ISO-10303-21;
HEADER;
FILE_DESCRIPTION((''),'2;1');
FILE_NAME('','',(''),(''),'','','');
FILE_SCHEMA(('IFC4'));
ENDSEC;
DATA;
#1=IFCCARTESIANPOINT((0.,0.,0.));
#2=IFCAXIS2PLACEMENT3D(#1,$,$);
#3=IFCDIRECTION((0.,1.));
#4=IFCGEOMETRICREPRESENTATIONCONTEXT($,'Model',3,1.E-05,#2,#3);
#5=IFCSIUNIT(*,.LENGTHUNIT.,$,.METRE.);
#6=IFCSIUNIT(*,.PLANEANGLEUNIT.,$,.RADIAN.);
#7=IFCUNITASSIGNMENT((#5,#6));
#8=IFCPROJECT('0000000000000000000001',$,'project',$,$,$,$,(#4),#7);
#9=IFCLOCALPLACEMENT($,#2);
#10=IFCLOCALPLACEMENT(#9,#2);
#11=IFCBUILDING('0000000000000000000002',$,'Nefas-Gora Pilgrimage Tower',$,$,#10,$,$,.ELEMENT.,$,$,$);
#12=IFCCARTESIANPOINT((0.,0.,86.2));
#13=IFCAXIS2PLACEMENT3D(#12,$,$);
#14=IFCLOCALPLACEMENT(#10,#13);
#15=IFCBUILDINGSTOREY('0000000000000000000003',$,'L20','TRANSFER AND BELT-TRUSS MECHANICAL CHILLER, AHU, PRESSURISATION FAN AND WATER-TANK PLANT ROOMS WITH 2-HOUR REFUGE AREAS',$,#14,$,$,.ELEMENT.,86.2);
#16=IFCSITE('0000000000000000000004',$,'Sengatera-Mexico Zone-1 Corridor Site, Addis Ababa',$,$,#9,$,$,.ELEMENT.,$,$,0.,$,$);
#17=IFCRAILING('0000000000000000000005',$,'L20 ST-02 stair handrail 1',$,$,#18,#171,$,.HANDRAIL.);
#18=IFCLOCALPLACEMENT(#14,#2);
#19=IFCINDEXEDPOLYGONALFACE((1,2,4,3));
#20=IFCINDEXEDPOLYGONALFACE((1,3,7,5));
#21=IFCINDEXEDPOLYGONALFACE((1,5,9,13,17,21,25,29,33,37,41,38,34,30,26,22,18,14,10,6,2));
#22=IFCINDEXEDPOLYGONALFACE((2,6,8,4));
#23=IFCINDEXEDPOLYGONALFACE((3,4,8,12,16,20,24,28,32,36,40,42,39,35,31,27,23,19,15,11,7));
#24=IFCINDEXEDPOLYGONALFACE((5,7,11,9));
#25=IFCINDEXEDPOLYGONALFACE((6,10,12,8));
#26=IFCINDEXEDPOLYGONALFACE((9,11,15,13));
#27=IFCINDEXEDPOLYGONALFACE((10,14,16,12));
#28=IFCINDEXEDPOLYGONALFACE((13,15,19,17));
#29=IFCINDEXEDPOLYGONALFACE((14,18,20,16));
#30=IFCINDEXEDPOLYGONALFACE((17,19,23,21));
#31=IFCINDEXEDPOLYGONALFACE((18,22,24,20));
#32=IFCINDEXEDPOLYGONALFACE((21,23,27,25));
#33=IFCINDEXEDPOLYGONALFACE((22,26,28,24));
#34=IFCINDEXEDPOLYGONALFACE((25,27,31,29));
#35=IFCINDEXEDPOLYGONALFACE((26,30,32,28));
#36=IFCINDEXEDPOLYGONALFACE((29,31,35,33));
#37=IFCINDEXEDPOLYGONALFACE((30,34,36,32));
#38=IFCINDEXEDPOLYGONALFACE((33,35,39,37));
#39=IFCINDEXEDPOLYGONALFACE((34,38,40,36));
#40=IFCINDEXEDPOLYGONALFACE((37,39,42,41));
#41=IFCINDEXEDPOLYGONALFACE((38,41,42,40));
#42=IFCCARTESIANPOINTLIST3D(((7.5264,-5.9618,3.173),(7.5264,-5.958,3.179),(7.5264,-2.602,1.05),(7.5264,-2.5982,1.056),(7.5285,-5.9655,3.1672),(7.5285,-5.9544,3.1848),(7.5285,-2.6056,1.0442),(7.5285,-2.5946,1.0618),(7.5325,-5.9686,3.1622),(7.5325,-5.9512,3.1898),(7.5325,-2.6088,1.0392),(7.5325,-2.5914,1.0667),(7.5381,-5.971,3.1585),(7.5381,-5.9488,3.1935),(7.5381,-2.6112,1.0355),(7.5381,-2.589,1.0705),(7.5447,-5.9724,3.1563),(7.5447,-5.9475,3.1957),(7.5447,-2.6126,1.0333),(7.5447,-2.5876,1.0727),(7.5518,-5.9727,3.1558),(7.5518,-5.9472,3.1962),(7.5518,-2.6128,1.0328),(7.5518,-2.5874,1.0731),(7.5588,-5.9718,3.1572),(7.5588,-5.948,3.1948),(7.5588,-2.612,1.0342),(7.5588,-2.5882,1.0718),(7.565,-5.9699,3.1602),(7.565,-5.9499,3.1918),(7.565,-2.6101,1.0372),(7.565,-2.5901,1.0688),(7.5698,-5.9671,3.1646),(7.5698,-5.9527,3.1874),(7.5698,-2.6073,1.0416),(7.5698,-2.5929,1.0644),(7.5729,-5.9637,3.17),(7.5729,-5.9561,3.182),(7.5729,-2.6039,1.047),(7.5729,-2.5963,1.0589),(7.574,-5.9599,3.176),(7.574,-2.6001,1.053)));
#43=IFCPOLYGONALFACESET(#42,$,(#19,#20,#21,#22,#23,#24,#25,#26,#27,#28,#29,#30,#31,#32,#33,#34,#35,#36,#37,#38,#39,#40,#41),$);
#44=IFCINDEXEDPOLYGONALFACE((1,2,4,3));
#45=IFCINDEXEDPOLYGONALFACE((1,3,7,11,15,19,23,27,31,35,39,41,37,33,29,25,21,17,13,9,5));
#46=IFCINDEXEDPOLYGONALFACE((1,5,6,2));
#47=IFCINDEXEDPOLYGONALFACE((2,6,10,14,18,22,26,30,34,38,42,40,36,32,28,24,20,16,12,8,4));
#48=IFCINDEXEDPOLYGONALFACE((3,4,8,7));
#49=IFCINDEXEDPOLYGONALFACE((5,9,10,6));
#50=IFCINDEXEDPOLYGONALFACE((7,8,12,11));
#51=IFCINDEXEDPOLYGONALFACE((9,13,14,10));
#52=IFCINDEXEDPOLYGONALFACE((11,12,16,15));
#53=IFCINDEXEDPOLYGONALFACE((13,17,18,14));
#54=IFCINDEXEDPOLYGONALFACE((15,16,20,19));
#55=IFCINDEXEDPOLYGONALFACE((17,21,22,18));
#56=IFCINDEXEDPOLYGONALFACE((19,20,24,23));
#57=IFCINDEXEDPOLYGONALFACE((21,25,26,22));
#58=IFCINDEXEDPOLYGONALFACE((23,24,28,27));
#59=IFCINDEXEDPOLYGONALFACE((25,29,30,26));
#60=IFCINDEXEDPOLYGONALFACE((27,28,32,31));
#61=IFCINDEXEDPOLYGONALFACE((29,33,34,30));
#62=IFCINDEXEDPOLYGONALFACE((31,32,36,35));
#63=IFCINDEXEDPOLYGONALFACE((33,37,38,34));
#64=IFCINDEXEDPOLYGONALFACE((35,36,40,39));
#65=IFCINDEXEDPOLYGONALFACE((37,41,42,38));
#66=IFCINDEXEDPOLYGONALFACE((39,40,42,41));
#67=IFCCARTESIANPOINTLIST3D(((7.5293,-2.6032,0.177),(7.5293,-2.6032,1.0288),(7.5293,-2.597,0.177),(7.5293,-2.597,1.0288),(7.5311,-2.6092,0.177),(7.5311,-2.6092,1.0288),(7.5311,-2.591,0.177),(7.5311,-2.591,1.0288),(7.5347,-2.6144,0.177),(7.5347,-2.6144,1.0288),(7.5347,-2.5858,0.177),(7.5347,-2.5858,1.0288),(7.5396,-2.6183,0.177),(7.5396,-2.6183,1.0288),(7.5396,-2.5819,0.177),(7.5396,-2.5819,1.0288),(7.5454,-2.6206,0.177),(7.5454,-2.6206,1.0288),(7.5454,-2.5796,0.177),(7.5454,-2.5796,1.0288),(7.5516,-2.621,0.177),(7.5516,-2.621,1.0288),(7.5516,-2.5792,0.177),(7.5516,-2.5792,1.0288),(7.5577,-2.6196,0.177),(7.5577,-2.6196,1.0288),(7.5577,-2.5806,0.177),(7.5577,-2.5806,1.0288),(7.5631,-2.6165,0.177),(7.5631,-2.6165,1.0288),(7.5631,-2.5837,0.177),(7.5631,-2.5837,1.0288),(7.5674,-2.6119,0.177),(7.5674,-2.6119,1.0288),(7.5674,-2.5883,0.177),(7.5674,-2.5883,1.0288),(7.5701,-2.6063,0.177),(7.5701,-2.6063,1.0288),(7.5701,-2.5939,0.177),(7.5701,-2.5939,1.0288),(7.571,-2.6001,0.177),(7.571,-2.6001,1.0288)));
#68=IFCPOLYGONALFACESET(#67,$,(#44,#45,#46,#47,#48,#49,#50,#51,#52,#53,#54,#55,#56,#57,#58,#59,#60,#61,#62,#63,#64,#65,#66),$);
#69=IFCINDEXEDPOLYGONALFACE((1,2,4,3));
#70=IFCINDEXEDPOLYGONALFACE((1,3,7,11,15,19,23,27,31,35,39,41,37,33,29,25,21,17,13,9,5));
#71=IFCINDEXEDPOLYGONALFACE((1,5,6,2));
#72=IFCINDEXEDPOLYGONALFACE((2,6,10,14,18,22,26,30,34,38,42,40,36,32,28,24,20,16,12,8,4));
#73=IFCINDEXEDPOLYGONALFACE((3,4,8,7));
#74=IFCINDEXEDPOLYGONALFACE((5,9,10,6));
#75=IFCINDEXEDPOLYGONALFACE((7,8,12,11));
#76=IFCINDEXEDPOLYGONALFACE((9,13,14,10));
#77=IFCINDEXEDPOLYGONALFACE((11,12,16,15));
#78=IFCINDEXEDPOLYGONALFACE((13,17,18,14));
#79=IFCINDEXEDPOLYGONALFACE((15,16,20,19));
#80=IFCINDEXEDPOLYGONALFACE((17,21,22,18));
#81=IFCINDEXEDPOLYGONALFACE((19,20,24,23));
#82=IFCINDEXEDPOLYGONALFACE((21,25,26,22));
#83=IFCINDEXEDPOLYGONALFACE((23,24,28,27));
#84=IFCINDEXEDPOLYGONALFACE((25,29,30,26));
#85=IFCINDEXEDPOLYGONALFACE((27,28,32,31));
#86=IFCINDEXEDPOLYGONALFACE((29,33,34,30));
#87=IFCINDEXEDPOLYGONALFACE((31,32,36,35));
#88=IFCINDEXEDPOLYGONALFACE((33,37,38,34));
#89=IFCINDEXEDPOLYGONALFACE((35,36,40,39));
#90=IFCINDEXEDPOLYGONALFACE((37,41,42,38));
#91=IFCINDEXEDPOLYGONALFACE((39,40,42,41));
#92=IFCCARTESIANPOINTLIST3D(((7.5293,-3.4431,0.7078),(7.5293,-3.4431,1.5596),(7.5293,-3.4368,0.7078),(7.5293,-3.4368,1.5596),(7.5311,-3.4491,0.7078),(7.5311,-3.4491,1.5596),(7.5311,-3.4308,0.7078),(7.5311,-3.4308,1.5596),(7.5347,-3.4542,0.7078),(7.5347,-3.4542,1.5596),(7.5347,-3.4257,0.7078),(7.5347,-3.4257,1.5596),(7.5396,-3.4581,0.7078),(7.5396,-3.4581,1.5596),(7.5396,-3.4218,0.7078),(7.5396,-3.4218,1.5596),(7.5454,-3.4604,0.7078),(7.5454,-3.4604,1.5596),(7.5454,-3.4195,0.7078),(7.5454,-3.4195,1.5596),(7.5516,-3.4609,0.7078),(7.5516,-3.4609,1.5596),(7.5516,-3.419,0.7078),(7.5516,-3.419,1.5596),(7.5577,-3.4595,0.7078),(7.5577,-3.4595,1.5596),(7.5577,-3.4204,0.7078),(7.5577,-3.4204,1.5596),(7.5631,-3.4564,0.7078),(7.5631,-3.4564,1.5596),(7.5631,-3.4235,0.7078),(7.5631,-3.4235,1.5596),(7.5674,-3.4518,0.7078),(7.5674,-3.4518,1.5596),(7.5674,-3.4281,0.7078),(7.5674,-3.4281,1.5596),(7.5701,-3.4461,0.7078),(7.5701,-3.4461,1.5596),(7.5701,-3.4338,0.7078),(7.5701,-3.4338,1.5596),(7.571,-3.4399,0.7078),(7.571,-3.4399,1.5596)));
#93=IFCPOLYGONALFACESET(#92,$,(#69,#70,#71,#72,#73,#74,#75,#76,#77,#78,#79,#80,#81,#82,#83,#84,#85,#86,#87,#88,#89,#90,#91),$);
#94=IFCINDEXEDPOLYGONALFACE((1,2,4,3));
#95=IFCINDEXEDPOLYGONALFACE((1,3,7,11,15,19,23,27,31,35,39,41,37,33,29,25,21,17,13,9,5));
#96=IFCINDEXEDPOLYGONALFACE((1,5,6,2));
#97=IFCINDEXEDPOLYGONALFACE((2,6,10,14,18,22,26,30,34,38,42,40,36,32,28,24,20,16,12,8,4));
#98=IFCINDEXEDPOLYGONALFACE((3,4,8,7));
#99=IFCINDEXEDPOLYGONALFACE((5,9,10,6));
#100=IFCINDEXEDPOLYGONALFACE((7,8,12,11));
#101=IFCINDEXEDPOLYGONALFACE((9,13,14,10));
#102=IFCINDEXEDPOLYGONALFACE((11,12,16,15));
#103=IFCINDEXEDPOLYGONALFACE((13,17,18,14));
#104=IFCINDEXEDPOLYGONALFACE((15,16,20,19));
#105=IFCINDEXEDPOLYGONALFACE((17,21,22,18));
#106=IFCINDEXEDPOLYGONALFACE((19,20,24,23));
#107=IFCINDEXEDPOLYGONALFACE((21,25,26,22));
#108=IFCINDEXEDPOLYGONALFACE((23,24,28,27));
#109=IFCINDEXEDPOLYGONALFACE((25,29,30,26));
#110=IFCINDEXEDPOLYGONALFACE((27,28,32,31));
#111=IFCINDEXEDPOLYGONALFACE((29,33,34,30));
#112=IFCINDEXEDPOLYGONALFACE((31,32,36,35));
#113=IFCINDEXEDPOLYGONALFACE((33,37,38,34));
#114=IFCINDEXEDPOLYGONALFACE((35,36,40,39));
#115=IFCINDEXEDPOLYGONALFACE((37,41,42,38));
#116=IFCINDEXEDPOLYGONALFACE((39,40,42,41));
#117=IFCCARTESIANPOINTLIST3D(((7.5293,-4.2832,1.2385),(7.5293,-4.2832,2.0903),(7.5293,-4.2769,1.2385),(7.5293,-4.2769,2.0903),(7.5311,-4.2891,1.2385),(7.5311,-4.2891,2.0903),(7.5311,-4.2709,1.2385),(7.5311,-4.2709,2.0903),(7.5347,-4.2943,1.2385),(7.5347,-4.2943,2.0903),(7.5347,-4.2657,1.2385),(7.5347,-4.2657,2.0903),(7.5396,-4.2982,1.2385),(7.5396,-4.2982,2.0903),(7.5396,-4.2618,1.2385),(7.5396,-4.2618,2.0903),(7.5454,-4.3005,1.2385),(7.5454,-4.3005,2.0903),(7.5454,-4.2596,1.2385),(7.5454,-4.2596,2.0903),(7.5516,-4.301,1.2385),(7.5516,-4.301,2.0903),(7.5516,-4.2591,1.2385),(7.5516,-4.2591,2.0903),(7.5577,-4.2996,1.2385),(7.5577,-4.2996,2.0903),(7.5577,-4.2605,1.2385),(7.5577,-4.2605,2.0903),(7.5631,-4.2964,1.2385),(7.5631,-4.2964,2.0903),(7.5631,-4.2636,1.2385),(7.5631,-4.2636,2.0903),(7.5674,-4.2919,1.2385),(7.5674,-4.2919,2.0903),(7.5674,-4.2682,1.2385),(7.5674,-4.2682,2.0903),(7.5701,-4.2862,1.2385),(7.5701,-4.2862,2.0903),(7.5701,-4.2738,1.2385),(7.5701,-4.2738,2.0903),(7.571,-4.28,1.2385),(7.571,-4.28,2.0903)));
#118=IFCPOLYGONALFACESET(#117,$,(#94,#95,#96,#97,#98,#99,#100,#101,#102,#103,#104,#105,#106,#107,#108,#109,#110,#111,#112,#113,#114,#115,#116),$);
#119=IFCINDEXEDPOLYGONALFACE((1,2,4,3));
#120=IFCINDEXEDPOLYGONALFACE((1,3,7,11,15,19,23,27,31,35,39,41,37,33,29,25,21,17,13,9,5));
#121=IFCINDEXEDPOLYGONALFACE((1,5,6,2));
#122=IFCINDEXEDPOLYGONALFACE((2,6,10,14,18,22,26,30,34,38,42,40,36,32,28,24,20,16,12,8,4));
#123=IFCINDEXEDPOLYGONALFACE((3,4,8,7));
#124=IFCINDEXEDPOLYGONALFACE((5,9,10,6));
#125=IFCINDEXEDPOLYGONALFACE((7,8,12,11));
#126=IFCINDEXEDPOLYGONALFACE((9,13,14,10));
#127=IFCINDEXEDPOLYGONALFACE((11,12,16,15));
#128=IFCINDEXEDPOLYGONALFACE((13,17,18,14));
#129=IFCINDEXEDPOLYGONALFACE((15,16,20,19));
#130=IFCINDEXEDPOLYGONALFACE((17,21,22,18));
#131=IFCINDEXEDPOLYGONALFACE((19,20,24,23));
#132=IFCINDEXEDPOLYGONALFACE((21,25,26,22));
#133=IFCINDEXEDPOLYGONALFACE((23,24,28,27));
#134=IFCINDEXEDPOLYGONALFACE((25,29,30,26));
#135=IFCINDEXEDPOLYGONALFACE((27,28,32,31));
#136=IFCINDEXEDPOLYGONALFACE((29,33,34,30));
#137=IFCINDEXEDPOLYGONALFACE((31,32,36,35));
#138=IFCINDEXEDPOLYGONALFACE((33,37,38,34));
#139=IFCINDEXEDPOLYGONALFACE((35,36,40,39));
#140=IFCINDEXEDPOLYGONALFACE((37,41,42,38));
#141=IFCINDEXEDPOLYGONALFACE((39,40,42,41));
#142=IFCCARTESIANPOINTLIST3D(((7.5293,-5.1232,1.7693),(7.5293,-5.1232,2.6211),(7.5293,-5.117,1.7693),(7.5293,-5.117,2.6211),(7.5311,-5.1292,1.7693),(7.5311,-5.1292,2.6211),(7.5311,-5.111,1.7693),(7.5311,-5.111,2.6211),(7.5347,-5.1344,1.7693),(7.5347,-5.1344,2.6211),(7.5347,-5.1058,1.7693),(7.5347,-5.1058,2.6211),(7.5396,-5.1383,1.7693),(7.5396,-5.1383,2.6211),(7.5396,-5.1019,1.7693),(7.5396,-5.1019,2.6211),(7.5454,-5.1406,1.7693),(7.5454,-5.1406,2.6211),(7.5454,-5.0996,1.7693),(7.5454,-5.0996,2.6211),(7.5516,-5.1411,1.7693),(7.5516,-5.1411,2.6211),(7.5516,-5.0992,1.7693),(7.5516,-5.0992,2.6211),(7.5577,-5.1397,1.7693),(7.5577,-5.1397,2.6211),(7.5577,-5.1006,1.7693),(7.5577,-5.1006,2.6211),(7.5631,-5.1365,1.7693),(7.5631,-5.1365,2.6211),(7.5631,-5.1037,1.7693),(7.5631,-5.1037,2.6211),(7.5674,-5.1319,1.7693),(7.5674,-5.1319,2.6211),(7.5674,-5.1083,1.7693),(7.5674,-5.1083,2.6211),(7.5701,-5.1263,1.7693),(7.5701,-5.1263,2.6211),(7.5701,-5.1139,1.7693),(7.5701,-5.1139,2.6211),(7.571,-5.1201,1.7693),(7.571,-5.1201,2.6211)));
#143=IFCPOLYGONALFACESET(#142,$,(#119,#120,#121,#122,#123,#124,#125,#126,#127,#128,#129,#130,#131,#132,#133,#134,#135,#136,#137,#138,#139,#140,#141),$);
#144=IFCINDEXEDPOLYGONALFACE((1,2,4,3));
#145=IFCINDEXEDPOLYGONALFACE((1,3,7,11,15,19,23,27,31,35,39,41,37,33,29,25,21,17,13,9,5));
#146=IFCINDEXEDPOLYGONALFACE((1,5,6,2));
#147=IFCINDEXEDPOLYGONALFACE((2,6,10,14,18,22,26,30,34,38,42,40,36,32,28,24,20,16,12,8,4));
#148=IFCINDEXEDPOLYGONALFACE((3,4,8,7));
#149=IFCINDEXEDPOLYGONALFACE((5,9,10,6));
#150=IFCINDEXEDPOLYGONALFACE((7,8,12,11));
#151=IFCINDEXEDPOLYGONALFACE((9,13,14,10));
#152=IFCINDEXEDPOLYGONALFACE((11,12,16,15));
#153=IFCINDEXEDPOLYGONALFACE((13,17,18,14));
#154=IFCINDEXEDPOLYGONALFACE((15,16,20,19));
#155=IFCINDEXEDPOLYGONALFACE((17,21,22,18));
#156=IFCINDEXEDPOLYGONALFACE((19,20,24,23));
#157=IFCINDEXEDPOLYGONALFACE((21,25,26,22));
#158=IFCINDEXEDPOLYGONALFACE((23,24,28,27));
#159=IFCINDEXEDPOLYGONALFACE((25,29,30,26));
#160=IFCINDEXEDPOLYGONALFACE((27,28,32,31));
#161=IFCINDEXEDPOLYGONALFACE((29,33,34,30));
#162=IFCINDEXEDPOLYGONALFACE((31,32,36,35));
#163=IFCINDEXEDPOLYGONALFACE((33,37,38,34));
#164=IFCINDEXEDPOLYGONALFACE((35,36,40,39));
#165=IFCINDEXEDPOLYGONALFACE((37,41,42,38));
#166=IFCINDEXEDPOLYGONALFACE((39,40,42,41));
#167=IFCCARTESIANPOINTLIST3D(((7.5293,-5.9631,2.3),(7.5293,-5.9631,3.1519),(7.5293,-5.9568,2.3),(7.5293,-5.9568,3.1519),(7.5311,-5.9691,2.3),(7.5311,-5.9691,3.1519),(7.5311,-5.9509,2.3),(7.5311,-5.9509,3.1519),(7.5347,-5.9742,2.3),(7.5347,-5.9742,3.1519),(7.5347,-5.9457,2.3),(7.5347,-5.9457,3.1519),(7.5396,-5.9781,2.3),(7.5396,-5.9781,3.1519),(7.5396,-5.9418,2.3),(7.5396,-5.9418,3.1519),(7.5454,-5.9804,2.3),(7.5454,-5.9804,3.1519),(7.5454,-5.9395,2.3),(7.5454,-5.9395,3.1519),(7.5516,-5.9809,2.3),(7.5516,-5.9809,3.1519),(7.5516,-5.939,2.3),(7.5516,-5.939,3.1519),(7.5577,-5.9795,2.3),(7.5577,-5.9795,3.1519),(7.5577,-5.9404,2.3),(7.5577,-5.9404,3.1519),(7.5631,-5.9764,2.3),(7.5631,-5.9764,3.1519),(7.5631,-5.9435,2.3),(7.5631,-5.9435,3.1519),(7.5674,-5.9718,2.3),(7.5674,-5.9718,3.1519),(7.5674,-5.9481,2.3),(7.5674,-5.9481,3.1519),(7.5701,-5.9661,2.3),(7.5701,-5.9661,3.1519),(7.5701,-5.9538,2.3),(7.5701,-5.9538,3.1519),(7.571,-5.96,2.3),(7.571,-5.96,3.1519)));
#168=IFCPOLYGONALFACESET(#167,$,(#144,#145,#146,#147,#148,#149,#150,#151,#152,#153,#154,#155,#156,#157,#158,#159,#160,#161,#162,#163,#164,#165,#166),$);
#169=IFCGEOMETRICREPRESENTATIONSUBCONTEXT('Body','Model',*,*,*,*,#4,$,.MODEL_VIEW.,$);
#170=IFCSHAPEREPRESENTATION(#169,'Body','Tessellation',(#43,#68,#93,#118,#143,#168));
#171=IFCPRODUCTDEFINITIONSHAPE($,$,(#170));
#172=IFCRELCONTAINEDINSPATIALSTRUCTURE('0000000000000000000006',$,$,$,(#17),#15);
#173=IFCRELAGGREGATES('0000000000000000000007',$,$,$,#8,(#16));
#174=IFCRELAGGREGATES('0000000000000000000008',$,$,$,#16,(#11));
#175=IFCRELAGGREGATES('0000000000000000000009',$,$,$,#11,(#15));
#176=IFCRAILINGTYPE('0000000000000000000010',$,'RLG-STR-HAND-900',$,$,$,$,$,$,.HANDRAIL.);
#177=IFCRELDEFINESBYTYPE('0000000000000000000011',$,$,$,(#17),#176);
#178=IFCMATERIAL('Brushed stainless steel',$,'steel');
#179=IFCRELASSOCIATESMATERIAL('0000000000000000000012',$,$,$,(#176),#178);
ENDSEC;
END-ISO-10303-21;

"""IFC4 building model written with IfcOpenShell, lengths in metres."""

from ifc_helpers import new_model, si_unit, direction, frame, origin, origin_2d, place, context, subcontext, project, spatial, circle, extrude, material, type_object, element, save


model = new_model("IFC4")

# Units and contexts
model_context = context("Model", 3, precision=1e-05, world=origin(), true_north=direction((0.0, 1.0)))
body_context = subcontext(model_context, "Body", "Model", "MODEL_VIEW")
ifc_project = project(units=[si_unit("LENGTHUNIT", "METRE"), si_unit("PLANEANGLEUNIT", "RADIAN")], contexts=[model_context])

# Site, building, storey
site_placement = place(None, origin())
site = spatial("IfcSite", under=ifc_project, at=site_placement, Name="Sengatera-Mexico Zone-1 Corridor Site, Addis Ababa", CompositionType="ELEMENT", RefElevation=0.0)
building_placement = place(site_placement, origin())
building = spatial("IfcBuilding", under=site, at=building_placement, Name="Nefas-Gora Pilgrimage Tower", CompositionType="ELEMENT")
storey_placement = place(building_placement, frame((0.0, 0.0, 86.2)))
storey = spatial("IfcBuildingStorey", under=building, at=storey_placement, Name="L20", Description="TRANSFER AND BELT-TRUSS MECHANICAL CHILLER, AHU, PRESSURISATION FAN AND WATER-TANK PLANT ROOMS WITH 2-HOUR REFUGE AREAS", CompositionType="ELEMENT", Elevation=86.2)

# Railing
ifc_material_1 = material(Name="Brushed stainless steel", Category="steel")
railing_type = type_object("IfcRailingType", Name="RLG-STR-HAND-900", PredefinedType="HANDRAIL", material=ifc_material_1)
railing_placement = place(storey_placement, frame((7.55, -2.6001, 0.177)))
element("IfcRailing", 1, at=railing_placement, inside=storey, type_object=railing_type, Name="L20 ST-02 stair handrail 1", PredefinedType="HANDRAIL", context=body_context, shape_type="SweptSolid", body=[
    extrude(circle(Radius=0.0239, at=origin_2d()), frame((0.0, 0.0, 0.876), z_axis=(0.0, -0.845372, 0.534178), x_axis=(1.0, 0.0, 0.0)), (0.0, 0.0, 1.0), 3.9744),
    extrude(circle(Radius=0.021, at=origin_2d()), origin(), (0.0, 0.0, 1.0), 0.8518),
    extrude(circle(Radius=0.021, at=origin_2d()), frame((0.0, -0.8398, 0.5308)), (0.0, 0.0, 1.0), 0.8518),
    extrude(circle(Radius=0.021, at=origin_2d()), frame((0.0, -1.6799, 1.0615)), (0.0, 0.0, 1.0), 0.8518),
    extrude(circle(Radius=0.021, at=origin_2d()), frame((0.0, -2.52, 1.5923)), (0.0, 0.0, 1.0), 0.8518),
    extrude(circle(Radius=0.021, at=origin_2d()), frame((0.0, -3.3599, 2.123)), (0.0, 0.0, 1.0), 0.8518),
])

save(model, "model.ifc")
